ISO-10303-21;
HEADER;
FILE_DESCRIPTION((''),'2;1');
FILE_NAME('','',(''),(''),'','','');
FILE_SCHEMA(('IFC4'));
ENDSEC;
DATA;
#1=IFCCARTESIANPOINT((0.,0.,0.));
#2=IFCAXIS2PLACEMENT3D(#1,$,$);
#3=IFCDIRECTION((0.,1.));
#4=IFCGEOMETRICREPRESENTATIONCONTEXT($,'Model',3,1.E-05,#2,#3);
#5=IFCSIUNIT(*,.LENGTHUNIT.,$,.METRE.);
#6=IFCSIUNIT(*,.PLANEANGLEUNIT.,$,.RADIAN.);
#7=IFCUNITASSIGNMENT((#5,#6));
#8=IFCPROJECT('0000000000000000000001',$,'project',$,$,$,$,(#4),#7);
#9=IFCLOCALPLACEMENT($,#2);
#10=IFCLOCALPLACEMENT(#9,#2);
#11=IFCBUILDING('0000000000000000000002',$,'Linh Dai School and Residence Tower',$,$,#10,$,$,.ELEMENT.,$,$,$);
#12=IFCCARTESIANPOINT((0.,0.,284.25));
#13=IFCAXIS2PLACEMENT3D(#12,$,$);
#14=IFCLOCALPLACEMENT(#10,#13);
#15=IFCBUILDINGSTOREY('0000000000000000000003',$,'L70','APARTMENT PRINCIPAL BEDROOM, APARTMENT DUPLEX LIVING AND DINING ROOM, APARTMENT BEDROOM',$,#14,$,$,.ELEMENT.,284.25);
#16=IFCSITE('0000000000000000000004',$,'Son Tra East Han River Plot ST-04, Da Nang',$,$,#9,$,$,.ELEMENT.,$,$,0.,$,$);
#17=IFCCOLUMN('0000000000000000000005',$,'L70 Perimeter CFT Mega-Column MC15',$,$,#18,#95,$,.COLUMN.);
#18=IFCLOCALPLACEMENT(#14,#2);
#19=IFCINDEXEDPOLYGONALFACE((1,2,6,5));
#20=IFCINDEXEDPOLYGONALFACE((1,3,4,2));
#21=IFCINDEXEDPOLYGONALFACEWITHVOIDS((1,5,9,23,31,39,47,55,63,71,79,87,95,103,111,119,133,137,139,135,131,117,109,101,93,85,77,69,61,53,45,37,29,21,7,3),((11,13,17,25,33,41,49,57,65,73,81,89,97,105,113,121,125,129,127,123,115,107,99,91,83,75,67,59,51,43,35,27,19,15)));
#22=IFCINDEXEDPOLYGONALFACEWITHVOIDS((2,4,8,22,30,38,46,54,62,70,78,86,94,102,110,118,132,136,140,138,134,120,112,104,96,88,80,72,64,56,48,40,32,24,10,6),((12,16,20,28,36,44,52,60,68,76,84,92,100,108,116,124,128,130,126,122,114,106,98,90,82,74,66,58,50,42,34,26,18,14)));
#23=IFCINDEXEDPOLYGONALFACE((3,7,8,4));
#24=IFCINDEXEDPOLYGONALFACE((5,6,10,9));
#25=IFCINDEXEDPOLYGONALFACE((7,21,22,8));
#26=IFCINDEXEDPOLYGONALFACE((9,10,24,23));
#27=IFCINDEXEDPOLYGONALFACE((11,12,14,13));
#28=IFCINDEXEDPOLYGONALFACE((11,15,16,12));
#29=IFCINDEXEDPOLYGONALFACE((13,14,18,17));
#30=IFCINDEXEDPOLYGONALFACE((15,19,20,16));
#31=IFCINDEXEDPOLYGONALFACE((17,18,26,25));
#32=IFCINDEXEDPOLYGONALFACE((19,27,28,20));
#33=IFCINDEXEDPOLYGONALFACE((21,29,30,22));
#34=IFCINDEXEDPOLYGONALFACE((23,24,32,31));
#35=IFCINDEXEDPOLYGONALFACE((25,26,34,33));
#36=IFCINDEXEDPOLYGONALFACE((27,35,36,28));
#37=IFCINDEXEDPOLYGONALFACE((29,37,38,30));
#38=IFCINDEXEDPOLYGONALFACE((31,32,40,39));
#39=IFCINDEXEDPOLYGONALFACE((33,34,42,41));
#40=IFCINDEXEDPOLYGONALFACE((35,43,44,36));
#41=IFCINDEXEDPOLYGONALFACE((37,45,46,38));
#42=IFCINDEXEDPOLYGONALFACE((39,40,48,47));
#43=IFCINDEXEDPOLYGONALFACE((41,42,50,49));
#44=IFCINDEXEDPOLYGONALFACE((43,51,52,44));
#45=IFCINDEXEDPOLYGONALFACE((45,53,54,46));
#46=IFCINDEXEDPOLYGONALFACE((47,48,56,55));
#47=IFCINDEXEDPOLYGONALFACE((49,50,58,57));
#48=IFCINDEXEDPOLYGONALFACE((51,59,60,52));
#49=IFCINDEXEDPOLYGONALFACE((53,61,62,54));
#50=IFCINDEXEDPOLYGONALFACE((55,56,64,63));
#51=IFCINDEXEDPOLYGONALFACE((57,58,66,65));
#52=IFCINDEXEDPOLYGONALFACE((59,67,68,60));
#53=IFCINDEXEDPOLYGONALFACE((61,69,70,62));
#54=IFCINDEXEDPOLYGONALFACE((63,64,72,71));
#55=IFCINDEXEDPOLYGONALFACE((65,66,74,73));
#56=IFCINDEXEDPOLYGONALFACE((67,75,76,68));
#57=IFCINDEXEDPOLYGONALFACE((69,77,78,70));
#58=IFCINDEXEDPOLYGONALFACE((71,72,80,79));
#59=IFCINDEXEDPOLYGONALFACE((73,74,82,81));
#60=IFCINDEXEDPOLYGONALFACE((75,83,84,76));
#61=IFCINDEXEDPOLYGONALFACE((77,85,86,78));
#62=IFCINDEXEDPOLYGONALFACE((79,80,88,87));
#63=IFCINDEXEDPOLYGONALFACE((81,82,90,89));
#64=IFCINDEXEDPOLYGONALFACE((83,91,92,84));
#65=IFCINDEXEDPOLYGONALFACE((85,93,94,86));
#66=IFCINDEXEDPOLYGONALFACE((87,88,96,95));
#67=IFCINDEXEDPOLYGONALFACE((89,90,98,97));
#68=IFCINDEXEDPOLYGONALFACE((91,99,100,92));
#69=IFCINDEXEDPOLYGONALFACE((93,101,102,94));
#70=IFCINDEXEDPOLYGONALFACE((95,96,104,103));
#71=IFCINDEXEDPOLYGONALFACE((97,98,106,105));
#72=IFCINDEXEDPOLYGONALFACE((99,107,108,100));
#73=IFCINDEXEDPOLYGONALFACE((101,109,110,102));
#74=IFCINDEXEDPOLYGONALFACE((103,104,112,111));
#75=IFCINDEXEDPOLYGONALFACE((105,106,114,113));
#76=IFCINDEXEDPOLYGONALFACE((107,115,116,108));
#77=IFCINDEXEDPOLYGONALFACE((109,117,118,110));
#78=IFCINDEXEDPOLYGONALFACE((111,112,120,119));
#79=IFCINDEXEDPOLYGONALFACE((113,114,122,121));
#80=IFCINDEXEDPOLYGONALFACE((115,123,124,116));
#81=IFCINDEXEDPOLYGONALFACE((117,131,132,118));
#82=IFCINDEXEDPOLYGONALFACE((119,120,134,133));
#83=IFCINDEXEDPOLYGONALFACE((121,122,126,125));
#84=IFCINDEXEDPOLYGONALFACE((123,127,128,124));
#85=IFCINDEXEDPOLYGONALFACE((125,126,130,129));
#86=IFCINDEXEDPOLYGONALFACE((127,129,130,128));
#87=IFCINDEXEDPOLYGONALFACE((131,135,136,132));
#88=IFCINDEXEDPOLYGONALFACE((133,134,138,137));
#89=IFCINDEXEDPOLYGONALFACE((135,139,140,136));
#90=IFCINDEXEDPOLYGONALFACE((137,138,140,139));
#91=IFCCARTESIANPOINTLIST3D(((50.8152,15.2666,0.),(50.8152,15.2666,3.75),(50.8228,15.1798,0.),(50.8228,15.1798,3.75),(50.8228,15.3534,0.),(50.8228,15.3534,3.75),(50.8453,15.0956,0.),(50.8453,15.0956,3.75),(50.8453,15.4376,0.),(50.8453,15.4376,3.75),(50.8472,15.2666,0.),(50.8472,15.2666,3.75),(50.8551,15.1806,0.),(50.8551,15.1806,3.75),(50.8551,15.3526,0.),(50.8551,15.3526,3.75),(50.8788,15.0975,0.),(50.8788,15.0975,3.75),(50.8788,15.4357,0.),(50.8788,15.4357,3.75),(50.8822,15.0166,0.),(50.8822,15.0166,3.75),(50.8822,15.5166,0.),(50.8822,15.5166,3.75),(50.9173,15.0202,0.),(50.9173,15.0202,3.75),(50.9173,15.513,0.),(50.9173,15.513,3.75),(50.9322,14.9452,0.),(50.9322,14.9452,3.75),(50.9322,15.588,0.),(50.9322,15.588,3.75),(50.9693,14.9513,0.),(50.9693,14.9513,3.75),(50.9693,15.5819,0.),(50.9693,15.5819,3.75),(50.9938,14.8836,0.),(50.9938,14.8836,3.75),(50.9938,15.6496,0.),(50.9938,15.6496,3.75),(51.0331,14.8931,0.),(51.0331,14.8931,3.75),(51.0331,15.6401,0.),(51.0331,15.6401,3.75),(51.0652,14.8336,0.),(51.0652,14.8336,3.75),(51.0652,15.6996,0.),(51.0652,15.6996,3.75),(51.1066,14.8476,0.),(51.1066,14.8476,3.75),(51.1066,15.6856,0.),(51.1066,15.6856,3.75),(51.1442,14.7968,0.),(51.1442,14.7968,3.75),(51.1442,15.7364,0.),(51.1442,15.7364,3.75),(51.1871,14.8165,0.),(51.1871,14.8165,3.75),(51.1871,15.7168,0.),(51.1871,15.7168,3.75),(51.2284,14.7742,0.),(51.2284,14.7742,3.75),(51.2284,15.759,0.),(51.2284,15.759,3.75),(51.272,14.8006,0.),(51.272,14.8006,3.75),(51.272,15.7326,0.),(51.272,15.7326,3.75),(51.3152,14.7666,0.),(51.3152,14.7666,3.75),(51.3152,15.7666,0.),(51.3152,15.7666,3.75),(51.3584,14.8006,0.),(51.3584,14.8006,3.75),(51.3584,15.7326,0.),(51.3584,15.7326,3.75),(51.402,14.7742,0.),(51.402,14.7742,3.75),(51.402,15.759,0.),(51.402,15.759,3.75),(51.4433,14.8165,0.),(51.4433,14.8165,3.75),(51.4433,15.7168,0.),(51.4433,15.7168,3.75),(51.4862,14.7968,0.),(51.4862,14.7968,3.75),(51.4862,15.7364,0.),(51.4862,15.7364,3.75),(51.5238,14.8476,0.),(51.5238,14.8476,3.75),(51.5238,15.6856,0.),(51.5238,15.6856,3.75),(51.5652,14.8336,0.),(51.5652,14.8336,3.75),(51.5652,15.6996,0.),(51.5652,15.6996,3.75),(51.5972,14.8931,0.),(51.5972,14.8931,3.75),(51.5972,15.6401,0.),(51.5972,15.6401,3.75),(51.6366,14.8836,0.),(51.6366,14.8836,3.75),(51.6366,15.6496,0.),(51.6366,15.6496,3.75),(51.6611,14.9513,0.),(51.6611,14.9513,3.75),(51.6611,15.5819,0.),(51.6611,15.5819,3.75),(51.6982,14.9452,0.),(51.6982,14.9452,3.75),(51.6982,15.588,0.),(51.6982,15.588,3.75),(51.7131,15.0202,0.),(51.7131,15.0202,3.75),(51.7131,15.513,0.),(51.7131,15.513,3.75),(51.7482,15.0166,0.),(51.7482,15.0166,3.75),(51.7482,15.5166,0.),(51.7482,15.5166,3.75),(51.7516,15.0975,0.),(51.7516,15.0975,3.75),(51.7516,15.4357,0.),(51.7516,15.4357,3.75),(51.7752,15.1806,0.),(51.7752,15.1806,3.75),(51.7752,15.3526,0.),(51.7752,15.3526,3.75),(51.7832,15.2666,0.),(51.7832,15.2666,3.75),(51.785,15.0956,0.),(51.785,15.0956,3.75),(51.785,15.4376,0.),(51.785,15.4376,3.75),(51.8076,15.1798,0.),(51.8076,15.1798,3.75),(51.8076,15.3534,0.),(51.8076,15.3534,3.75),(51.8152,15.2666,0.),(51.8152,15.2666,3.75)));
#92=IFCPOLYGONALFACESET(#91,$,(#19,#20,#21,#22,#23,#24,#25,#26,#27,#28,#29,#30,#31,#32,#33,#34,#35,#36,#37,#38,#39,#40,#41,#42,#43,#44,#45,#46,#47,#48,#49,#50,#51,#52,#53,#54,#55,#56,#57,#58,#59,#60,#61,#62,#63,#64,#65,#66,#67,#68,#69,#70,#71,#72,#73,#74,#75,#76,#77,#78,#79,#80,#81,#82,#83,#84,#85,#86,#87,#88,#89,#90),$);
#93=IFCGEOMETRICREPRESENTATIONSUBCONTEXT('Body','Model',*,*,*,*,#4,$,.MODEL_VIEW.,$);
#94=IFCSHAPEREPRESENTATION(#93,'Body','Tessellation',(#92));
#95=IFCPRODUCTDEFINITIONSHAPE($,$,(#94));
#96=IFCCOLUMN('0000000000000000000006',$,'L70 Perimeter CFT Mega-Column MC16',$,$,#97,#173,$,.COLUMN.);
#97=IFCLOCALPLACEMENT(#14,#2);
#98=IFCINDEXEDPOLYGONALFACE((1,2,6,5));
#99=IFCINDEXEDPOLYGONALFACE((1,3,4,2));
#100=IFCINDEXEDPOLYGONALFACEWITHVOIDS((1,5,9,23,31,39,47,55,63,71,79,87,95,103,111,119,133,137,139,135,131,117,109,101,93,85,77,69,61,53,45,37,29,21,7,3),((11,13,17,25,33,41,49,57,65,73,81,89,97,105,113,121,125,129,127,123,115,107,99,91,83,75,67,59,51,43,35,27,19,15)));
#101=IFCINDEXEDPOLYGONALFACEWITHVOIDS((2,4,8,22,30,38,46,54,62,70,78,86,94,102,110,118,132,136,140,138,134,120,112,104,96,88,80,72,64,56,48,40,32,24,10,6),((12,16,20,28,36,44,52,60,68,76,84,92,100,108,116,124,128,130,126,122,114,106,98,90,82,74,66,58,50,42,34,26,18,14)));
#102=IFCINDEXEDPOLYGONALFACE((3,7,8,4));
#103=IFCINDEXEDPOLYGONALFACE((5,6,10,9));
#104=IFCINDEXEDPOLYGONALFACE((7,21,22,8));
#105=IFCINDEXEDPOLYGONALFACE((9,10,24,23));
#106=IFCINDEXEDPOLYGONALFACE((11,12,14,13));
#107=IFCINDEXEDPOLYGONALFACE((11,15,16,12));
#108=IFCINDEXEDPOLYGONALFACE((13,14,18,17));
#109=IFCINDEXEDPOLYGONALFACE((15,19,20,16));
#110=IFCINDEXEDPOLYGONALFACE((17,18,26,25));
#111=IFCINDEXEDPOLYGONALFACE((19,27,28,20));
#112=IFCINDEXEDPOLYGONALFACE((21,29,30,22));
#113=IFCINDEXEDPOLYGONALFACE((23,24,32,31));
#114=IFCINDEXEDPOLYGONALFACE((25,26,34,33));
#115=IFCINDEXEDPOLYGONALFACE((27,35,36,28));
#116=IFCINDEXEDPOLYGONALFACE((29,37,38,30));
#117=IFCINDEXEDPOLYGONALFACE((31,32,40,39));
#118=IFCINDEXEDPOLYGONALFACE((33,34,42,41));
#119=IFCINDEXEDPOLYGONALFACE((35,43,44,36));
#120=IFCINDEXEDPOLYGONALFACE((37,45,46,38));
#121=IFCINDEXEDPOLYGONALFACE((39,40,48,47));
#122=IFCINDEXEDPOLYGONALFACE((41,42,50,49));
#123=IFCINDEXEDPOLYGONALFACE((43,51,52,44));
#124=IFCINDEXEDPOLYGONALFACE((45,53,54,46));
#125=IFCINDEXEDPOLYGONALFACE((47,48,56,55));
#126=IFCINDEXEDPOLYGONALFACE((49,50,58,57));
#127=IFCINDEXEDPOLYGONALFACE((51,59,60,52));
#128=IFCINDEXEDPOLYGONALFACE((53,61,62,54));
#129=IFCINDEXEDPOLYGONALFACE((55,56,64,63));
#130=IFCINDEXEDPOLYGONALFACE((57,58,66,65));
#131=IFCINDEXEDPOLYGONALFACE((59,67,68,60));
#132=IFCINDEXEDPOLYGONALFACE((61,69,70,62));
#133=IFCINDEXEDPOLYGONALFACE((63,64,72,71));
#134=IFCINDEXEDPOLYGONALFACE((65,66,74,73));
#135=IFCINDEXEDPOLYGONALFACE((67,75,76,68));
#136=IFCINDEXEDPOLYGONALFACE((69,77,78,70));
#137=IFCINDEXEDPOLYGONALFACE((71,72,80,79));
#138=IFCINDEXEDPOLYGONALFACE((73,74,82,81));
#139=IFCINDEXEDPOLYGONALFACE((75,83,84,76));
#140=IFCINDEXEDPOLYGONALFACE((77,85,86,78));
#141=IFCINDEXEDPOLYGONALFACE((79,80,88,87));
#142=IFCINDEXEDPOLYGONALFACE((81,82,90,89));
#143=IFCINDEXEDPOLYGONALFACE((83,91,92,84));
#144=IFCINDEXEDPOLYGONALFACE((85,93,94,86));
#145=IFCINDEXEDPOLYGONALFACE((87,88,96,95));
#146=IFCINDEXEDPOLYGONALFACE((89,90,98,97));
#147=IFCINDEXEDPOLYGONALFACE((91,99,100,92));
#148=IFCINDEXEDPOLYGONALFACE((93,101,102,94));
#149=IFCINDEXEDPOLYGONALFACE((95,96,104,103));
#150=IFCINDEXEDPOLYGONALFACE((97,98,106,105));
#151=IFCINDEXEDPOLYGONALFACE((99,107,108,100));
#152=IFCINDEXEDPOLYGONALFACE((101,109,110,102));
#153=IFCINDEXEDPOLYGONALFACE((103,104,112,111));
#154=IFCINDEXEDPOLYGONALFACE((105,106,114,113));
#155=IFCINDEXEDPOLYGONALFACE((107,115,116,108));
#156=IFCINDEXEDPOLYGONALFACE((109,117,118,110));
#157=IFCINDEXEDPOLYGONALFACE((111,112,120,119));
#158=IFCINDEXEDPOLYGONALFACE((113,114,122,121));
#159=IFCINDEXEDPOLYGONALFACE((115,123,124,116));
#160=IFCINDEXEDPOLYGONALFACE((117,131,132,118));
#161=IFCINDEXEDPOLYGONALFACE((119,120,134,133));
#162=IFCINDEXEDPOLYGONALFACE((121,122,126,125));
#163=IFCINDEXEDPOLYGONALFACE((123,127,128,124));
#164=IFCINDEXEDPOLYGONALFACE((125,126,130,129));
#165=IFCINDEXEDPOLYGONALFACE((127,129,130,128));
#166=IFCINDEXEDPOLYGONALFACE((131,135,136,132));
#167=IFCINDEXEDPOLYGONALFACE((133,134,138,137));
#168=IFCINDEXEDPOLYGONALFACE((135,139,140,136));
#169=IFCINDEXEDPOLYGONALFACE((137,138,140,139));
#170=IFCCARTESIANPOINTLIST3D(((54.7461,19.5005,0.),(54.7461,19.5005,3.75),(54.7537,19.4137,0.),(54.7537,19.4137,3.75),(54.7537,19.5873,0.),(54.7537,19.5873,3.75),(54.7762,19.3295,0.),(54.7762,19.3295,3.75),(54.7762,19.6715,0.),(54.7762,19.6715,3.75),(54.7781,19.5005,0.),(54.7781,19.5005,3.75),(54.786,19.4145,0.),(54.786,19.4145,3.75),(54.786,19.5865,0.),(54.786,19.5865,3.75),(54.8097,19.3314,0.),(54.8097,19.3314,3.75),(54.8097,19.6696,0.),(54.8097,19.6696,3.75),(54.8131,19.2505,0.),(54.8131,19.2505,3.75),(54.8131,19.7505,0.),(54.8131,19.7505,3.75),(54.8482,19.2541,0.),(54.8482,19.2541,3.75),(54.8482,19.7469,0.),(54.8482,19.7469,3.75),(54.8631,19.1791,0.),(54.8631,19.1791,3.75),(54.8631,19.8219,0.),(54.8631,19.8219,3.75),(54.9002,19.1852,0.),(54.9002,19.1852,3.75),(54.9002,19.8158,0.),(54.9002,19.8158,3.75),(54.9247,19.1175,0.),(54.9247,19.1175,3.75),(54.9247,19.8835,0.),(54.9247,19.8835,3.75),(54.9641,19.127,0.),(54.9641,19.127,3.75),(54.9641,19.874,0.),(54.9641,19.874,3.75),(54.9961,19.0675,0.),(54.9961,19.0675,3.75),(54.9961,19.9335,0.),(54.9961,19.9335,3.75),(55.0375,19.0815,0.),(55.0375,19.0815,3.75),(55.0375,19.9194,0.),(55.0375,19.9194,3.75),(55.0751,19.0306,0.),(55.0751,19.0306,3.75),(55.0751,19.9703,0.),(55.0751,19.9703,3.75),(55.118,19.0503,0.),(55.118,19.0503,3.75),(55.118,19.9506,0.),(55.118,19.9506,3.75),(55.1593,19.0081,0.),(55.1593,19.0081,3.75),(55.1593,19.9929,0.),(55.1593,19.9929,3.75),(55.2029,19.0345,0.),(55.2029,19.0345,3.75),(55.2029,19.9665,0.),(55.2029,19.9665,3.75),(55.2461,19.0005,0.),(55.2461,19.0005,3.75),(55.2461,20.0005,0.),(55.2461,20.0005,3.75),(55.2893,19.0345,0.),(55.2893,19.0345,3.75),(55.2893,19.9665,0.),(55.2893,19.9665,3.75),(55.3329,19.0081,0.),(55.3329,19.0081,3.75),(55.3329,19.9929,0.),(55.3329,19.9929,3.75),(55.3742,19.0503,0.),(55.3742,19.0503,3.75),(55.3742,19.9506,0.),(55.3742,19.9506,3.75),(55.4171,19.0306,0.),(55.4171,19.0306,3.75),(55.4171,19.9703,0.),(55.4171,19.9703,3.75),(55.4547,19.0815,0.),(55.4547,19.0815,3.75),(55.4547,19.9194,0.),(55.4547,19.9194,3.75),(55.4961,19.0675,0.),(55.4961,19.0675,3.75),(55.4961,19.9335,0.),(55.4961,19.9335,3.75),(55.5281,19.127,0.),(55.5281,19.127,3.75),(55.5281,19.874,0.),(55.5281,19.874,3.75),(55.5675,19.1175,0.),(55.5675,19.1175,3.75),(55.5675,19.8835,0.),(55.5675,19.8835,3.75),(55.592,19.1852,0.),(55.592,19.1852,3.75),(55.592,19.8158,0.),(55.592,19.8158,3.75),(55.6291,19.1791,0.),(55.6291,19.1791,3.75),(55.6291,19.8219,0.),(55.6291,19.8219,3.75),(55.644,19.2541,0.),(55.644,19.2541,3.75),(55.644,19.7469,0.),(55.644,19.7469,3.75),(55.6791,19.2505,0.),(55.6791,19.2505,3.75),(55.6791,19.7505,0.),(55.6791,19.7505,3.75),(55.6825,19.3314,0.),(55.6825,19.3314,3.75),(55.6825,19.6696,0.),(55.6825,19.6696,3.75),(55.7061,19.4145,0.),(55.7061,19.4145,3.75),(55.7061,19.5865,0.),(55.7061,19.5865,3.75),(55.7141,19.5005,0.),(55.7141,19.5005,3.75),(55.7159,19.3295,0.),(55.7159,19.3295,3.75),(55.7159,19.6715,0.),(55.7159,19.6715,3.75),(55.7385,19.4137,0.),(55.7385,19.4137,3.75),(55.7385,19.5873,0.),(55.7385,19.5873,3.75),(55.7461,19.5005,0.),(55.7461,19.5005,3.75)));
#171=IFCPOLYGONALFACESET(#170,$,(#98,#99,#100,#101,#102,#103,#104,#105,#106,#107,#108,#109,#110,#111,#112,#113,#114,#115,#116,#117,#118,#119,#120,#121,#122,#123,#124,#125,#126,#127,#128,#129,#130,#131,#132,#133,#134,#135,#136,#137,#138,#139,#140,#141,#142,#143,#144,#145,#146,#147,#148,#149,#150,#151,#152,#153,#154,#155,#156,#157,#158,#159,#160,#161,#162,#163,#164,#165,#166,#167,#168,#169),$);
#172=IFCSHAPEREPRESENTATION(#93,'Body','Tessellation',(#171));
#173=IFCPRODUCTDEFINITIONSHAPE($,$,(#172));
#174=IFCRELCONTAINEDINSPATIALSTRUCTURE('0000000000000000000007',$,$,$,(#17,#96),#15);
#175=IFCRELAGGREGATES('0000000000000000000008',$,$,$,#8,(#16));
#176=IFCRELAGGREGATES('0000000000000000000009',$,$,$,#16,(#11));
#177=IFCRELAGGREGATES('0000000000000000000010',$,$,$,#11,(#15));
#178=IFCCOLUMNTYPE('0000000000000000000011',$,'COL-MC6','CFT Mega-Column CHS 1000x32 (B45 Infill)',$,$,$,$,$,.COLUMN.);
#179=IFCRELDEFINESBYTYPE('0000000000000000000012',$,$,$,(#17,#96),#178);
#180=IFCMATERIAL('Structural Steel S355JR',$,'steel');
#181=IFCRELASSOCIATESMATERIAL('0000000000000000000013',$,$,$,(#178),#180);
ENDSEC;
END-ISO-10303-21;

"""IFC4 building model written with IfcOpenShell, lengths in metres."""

from ifc_helpers import new_model, si_unit, direction, frame, origin, origin_2d, place, context, subcontext, project, spatial, hollow_circle, extrude, material, material_profile, profile_set, type_object, element, save


model = new_model("IFC4")

# Units and contexts
model_context = context("Model", 3, precision=1e-05, world=origin(), true_north=direction((0.0, 1.0)))
body_context = subcontext(model_context, "Body", "Model", "MODEL_VIEW")
ifc_project = project(units=[si_unit("LENGTHUNIT", "METRE"), si_unit("PLANEANGLEUNIT", "RADIAN")], contexts=[model_context])

# Site, building, storey
site_placement = place(None, origin())
site = spatial("IfcSite", under=ifc_project, at=site_placement, Name="Son Tra East Han River Plot ST-04, Da Nang", CompositionType="ELEMENT", RefElevation=0.0)
building_placement = place(site_placement, origin())
building = spatial("IfcBuilding", under=site, at=building_placement, Name="Linh Dai School and Residence Tower", CompositionType="ELEMENT")
storey_placement = place(building_placement, frame((0.0, 0.0, 284.25)))
storey = spatial("IfcBuildingStorey", under=building, at=storey_placement, Name="L70", Description="APARTMENT PRINCIPAL BEDROOM, APARTMENT DUPLEX LIVING AND DINING ROOM, APARTMENT BEDROOM", CompositionType="ELEMENT", Elevation=284.25)

# Columns
ifc_material_1 = material(Name="Structural Steel S355JR", Category="steel")
ifc_material_profile_1 = material_profile(ifc_material_1, hollow_circle(Radius=0.5, WallThickness=0.032, at=origin_2d()), Name="CHS 1000x32")
ifc_profile_set_1 = profile_set([ifc_material_profile_1], Name="Structural Steel S355JR")
column_type = type_object("IfcColumnType", Name="COL-MC6", Description="CFT Mega-Column CHS 1000x32 (B45 Infill)", PredefinedType="COLUMN", material=ifc_profile_set_1)
for number, where, z_axis, x_axis, name in (
    (1, (51.3152, 15.2666, 0.0), (0.0, 0.0, 1.0), (1.0, 0.0, 0.0), "L70 Perimeter CFT Mega-Column MC15"),
    (2, (55.2461, 19.5005, 0.0), (0.0, 0.0, 1.0), (1.0, 0.0, 0.0), "L70 Perimeter CFT Mega-Column MC16"),
):
    element("IfcColumn", number, at=place(storey_placement, frame(where, z_axis=z_axis, x_axis=x_axis)), inside=storey, type_object=column_type, Name=name, PredefinedType="COLUMN", context=body_context, shape_type="SweptSolid", body=[
        extrude(hollow_circle(Radius=0.5, WallThickness=0.032, at=origin_2d()), origin(), (0.0, 0.0, 1.0), 3.75),
    ])

save(model, "model.ifc")
